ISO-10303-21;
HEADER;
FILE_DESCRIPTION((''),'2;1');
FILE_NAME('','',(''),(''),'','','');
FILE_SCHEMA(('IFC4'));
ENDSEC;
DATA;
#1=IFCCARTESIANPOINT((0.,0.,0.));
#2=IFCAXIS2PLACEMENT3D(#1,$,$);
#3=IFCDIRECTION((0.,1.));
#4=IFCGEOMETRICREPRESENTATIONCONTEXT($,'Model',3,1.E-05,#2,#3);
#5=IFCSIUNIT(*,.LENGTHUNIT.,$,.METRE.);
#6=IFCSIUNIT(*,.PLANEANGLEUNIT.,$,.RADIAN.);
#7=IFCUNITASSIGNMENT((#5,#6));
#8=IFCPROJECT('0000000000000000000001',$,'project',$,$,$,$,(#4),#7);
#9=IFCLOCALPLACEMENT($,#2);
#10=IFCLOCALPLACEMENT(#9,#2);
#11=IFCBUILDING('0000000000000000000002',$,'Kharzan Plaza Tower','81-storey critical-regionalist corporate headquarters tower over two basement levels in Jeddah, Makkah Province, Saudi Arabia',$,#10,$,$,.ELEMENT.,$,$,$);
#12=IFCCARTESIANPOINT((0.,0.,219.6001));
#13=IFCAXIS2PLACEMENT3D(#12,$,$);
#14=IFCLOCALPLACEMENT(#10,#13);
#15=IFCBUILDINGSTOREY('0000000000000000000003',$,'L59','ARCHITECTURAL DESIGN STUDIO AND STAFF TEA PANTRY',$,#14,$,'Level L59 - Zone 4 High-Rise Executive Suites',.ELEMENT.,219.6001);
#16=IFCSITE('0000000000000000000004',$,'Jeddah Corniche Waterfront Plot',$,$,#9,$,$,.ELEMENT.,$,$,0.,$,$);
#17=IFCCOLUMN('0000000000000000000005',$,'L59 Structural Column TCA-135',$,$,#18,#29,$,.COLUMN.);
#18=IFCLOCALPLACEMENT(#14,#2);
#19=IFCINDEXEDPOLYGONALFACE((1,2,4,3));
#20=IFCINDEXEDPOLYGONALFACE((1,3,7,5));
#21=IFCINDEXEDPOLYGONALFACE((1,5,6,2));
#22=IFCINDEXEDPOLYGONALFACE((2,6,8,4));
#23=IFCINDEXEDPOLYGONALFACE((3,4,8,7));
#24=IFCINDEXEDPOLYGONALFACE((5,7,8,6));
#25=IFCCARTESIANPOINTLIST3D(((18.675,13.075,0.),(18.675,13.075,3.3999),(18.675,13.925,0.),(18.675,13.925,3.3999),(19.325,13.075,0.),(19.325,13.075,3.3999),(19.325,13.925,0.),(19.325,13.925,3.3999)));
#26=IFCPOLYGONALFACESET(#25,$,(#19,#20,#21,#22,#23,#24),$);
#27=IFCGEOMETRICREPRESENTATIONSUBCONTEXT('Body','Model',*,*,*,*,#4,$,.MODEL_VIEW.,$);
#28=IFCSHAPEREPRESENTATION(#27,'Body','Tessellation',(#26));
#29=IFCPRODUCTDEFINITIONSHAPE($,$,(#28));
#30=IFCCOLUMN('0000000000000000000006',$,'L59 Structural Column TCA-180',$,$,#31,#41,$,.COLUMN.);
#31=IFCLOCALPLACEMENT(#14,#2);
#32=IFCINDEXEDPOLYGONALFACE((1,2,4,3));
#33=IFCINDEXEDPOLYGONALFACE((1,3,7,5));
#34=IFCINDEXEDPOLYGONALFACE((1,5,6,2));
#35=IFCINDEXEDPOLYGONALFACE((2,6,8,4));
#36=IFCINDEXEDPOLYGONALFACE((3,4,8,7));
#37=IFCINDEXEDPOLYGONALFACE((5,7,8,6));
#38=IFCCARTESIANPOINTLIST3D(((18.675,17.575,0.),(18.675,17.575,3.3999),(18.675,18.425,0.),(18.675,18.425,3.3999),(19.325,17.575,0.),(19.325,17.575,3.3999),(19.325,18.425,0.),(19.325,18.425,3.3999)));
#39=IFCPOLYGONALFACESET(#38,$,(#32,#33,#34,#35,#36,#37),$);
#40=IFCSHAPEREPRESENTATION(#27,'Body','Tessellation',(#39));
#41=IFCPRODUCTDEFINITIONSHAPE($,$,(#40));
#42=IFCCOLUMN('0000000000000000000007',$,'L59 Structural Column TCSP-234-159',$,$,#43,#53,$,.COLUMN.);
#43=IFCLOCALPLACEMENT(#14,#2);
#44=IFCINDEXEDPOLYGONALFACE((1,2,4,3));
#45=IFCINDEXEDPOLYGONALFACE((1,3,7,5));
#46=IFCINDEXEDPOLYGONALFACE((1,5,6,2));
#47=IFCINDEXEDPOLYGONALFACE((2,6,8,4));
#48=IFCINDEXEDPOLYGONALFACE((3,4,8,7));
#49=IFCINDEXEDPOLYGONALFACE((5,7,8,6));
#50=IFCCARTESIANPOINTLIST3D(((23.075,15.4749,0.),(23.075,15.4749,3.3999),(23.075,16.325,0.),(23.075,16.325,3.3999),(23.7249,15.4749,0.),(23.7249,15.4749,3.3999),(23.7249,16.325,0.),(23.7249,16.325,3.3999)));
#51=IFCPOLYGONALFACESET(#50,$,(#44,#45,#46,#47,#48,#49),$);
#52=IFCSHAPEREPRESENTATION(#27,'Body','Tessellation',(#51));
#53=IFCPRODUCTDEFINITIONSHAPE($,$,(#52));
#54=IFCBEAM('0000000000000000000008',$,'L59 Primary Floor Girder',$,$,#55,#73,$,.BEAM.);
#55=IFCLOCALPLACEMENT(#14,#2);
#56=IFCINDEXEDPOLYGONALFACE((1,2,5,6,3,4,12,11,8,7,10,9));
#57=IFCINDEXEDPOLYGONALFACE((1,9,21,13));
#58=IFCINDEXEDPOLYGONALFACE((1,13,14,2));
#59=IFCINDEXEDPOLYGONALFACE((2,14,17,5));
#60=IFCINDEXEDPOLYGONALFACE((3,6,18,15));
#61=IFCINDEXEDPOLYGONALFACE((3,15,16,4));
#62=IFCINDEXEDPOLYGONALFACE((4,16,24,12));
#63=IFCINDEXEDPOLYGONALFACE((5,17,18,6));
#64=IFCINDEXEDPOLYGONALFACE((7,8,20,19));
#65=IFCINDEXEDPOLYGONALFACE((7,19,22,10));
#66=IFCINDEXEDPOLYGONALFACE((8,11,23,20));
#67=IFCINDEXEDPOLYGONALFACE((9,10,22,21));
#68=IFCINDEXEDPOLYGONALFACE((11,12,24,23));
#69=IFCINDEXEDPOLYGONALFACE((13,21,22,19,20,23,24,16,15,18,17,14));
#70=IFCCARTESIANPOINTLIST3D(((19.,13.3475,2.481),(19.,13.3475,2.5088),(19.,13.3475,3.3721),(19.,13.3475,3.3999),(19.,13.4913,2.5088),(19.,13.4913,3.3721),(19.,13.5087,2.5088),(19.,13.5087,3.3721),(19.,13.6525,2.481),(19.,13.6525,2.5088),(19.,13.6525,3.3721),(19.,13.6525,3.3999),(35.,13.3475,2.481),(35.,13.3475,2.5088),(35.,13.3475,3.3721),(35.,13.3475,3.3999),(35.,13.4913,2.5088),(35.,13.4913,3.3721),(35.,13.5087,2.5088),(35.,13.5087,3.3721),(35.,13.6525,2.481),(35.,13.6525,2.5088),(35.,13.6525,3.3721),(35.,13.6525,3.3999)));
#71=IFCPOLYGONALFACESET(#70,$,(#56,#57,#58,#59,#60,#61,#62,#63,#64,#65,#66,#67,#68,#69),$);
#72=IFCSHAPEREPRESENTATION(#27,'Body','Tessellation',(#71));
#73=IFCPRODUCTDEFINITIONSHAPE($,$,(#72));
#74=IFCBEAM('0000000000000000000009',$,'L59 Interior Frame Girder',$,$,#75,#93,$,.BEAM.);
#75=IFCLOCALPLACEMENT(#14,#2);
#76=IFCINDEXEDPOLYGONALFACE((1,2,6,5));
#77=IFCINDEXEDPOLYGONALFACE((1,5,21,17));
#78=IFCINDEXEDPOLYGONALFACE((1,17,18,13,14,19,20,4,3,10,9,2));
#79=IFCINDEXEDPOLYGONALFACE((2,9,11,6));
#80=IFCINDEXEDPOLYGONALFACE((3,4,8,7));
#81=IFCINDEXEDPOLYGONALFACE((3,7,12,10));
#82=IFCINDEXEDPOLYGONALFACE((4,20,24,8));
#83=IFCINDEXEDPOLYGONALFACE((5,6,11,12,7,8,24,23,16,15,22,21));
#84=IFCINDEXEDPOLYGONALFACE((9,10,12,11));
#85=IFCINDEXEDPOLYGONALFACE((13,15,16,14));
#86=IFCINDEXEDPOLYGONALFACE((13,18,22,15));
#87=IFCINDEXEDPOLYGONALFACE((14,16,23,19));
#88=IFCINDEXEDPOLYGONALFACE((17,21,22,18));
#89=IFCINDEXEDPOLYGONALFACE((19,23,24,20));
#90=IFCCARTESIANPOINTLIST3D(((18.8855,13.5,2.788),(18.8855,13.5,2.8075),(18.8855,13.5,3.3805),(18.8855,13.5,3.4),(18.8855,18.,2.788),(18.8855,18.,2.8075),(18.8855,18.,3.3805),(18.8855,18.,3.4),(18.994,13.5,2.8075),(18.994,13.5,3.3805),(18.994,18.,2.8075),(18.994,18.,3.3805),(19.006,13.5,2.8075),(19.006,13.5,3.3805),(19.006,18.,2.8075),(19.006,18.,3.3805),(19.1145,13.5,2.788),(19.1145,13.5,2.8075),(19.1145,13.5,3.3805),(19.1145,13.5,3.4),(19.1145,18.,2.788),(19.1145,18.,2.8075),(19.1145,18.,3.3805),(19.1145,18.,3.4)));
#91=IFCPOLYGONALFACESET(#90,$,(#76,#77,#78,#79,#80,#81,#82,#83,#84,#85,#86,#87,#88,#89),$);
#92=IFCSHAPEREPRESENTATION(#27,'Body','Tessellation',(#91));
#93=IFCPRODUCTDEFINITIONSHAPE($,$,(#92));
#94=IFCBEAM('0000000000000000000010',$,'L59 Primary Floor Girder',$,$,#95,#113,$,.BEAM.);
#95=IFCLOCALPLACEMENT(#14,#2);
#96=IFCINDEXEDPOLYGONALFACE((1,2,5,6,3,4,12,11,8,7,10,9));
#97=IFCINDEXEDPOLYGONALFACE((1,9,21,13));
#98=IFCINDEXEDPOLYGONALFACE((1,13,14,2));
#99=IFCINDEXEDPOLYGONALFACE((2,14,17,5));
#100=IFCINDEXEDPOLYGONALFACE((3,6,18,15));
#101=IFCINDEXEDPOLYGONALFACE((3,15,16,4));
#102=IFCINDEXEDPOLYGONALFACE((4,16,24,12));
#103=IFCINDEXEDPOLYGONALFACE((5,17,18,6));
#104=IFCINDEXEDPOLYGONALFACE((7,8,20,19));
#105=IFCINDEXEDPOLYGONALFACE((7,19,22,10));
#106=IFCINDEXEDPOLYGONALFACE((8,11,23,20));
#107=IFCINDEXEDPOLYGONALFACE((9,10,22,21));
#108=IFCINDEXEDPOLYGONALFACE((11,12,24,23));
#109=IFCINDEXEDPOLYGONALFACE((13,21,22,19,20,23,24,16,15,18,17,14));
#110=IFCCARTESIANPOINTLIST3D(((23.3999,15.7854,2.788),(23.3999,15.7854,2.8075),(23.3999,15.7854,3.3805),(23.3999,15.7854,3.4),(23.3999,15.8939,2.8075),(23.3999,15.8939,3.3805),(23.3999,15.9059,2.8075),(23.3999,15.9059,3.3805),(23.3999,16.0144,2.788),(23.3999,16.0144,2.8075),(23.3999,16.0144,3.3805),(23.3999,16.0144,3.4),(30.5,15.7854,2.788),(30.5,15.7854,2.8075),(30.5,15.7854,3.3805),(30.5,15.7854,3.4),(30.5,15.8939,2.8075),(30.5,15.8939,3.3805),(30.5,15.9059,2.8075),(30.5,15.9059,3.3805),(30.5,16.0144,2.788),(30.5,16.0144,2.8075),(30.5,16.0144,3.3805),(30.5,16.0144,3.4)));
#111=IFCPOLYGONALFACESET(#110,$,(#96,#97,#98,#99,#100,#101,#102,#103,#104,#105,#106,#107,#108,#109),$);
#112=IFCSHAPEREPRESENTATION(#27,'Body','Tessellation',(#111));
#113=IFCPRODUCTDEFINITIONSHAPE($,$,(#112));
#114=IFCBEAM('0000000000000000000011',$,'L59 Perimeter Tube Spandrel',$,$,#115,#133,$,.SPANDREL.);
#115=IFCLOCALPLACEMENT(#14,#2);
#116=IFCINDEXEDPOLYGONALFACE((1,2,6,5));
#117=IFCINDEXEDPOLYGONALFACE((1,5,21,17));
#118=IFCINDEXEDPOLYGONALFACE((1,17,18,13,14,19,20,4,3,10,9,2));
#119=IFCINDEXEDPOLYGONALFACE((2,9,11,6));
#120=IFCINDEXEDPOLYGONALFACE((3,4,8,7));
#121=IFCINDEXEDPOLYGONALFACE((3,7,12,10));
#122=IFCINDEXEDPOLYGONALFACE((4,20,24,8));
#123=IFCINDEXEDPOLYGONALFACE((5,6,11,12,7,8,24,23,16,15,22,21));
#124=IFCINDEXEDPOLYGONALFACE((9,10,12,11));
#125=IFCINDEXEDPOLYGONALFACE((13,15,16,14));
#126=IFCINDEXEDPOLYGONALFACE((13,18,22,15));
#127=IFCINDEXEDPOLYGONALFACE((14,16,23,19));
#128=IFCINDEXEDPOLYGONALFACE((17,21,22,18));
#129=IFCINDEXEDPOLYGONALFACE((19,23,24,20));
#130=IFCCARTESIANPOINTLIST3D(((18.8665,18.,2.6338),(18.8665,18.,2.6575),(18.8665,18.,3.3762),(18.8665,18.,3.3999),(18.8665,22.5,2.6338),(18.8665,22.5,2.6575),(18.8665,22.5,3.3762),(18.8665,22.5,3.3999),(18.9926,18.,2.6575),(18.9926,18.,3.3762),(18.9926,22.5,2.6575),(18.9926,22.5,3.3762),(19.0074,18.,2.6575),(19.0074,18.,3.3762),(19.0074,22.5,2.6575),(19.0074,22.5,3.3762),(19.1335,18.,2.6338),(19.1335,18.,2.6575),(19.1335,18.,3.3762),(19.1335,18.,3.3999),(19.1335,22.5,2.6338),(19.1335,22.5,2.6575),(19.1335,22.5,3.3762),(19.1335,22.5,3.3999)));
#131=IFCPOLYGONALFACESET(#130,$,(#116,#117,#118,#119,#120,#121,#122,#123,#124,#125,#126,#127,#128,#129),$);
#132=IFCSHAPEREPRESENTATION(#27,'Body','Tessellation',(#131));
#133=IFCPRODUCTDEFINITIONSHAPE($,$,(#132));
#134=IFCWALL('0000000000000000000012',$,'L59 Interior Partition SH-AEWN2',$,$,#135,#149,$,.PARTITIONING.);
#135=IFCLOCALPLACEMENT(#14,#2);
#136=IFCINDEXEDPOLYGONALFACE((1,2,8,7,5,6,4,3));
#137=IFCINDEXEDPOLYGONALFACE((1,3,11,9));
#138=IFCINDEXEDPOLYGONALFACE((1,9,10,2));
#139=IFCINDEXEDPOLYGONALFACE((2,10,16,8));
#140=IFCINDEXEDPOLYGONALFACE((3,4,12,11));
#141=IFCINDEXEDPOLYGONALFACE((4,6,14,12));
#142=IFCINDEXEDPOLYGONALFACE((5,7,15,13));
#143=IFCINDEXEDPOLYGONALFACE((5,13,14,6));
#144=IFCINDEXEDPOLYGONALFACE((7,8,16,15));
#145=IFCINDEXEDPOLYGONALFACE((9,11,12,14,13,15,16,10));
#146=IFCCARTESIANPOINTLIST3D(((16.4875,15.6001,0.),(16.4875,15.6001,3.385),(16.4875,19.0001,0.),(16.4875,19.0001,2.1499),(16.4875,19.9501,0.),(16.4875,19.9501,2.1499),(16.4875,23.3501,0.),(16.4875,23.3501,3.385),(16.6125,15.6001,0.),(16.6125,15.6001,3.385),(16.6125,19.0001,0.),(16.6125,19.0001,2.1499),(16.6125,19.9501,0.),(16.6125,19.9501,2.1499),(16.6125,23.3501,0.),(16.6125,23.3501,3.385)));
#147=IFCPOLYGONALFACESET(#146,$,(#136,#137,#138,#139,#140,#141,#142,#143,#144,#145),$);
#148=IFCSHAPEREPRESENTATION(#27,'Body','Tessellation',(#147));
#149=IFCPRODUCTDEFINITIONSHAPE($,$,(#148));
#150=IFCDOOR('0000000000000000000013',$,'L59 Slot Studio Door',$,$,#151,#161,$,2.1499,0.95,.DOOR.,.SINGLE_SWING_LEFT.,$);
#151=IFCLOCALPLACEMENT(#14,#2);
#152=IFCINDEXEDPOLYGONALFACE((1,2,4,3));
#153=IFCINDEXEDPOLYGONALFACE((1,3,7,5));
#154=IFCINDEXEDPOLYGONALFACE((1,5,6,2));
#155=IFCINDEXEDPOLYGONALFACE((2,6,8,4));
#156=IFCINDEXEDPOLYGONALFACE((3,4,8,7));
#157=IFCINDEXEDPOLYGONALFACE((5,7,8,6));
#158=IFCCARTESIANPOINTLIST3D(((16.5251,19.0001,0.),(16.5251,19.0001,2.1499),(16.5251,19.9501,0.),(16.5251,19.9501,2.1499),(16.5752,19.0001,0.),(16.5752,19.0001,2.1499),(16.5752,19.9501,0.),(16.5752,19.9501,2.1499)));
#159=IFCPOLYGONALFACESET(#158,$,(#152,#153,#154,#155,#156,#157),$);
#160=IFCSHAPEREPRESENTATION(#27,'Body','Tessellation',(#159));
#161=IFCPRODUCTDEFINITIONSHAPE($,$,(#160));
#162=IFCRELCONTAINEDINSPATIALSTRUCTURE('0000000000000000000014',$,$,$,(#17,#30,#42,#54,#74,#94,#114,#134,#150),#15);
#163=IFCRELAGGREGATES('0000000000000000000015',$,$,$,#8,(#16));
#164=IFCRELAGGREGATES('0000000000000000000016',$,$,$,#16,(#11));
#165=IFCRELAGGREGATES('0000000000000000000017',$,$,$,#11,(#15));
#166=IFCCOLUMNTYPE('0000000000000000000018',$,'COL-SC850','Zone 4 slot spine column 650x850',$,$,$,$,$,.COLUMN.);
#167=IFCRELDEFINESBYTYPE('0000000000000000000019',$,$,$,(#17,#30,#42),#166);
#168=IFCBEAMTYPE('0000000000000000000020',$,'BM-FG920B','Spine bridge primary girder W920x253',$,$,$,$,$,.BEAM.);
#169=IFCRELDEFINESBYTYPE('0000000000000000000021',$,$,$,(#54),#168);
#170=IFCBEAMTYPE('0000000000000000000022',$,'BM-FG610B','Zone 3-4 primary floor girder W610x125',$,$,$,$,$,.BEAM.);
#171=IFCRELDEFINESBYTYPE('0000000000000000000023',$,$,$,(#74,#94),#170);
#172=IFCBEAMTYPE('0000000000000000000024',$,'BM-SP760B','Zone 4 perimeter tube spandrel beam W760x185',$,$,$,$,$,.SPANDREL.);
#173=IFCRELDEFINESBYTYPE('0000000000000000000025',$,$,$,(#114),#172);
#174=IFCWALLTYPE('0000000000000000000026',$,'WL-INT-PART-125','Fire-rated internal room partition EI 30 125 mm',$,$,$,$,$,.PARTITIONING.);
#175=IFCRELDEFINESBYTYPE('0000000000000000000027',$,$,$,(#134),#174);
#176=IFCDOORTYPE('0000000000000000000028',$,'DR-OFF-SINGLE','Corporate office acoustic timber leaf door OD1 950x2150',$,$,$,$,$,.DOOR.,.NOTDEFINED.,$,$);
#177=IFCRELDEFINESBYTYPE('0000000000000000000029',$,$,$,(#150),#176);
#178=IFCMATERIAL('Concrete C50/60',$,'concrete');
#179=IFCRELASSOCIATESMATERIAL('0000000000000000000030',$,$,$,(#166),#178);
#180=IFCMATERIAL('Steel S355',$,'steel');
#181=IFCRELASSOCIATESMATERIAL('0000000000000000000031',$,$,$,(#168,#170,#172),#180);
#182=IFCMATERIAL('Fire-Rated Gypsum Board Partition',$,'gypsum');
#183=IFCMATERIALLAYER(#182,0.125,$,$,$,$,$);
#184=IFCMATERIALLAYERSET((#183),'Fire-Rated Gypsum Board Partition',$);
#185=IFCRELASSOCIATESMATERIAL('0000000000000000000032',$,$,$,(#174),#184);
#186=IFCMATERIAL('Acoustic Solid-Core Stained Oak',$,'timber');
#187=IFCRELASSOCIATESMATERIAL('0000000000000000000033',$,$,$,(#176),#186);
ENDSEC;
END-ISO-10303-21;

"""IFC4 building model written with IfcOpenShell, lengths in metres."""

from ifc_helpers import new_model, si_unit, direction, frame, frame_2d, origin, origin_2d, place, context, subcontext, project, spatial, rectangle, i_section, extrude, source, transform, mapped, material, layer, layer_set, material_profile, profile_set, type_object, element, fill, save


model = new_model("IFC4")

# Units and contexts
model_context = context("Model", 3, precision=1e-05, world=origin(), true_north=direction((0.0, 1.0)))
body_context = subcontext(model_context, "Body", "Model", "MODEL_VIEW")
ifc_project = project(units=[si_unit("LENGTHUNIT", "METRE"), si_unit("PLANEANGLEUNIT", "RADIAN")], contexts=[model_context])

# Site, building, storey
site_placement = place(None, origin())
site = spatial("IfcSite", under=ifc_project, at=site_placement, Name="Jeddah Corniche Waterfront Plot", CompositionType="ELEMENT", RefElevation=0.0)
building_placement = place(site_placement, origin())
building = spatial("IfcBuilding", under=site, at=building_placement, Name="Kharzan Plaza Tower", Description="81-storey critical-regionalist corporate headquarters tower over two basement levels in Jeddah, Makkah Province, Saudi Arabia", CompositionType="ELEMENT")
storey_placement = place(building_placement, frame((0.0, 0.0, 219.6001)))
storey = spatial("IfcBuildingStorey", under=building, at=storey_placement, Name="L59", Description="ARCHITECTURAL DESIGN STUDIO AND STAFF TEA PANTRY", LongName="Level L59 - Zone 4 High-Rise Executive Suites", CompositionType="ELEMENT", Elevation=219.6001)

# Columns
ifc_material_1 = material(Name="Concrete C50/60", Category="concrete")
ifc_material_profile_1 = material_profile(ifc_material_1, rectangle(XDim=0.6499, YDim=0.8501, at=origin_2d()), Name="RC-SC850x650")
ifc_profile_set_1 = profile_set([ifc_material_profile_1], Name="Concrete C50/60")
column_type = type_object("IfcColumnType", Name="COL-SC850", Description="Zone 4 slot spine column 650x850", PredefinedType="COLUMN", material=ifc_profile_set_1)
shared_shape_1 = source(origin(), body_context, "Body", "SweptSolid", [
    extrude(rectangle(XDim=0.6499, YDim=0.8501, at=origin_2d()), origin(), (0.0, 0.0, 1.0), 3.3999),
])
for number, where, z_axis, x_axis, name in (
    (1, (19.0, 13.5, 0.0), (0.0, 0.0, 1.0), (1.0, 0.0, 0.0), "L59 Structural Column TCA-135"),
    (2, (19.0, 18.0, 0.0), (0.0, 0.0, 1.0), (1.0, 0.0, 0.0), "L59 Structural Column TCA-180"),
    (3, (23.3999, 15.8999, 0.0), (0.0, 0.0, 1.0), (1.0, 0.0, 0.0), "L59 Structural Column TCSP-234-159"),
):
    element("IfcColumn", number, at=place(storey_placement, frame(where, z_axis=z_axis, x_axis=x_axis)), inside=storey, type_object=column_type, Name=name, PredefinedType="COLUMN", context=body_context, shape_type="MappedRepresentation", body=[
        mapped(shared_shape_1, transform((0.0, 0.0, 0.0), x_axis=(1.0, 0.0, 0.0), y_axis=(0.0, 1.0, 0.0), z_axis=(0.0, 0.0, 1.0))),
    ])

# Beams
ifc_material_2 = material(Name="Steel S355", Category="steel")
ifc_material_profile_2 = material_profile(ifc_material_2, i_section(OverallWidth=0.3049, OverallDepth=0.9189, WebThickness=0.0173, FlangeThickness=0.0278, at=origin_2d()), Name="W920x253")
ifc_profile_set_2 = profile_set([ifc_material_profile_2], Name="Steel S355")
beam_type_1 = type_object("IfcBeamType", Name="BM-FG920B", Description="Spine bridge primary girder W920x253", PredefinedType="BEAM", material=ifc_profile_set_2)
shared_shape_2 = source(origin(), body_context, "Body", "SweptSolid", [
    extrude(i_section(OverallWidth=0.3049, OverallDepth=0.9189, WebThickness=0.0173, FlangeThickness=0.0278, at=origin_2d()), origin(), (0.0, 0.0, 1.0), 16.0),
])
beam_1_placement = place(storey_placement, frame((19.0, 13.5, 2.9404), z_axis=(1.0, 0.0, 0.0), x_axis=(0.0, 1.0, 0.0)))
element("IfcBeam", 4, at=beam_1_placement, inside=storey, type_object=beam_type_1, Name="L59 Primary Floor Girder", PredefinedType="BEAM", context=body_context, shape_type="MappedRepresentation", body=[
    mapped(shared_shape_2, transform((0.0, 0.0, 0.0), x_axis=(1.0, 0.0, 0.0), y_axis=(0.0, 1.0, 0.0), z_axis=(0.0, 0.0, 1.0))),
])
ifc_material_profile_3 = material_profile(ifc_material_2, i_section(OverallWidth=0.229, OverallDepth=0.6121, WebThickness=0.012, FlangeThickness=0.0195, at=origin_2d()), Name="W610x125")
ifc_profile_set_3 = profile_set([ifc_material_profile_3], Name="Steel S355")
beam_type_2 = type_object("IfcBeamType", Name="BM-FG610B", Description="Zone 3-4 primary floor girder W610x125", PredefinedType="BEAM", material=ifc_profile_set_3)
shared_shape_3 = source(origin(), body_context, "Body", "SweptSolid", [
    extrude(i_section(OverallWidth=0.229, OverallDepth=0.6121, WebThickness=0.012, FlangeThickness=0.0195, at=origin_2d()), origin(), (0.0, 0.0, 1.0), 4.5),
])
beam_2_placement = place(storey_placement, frame((19.0, 13.5, 3.094), z_axis=(0.0, 1.0, 0.0), x_axis=(-1.0, 0.0, 0.0)))
element("IfcBeam", 5, at=beam_2_placement, inside=storey, type_object=beam_type_2, Name="L59 Interior Frame Girder", PredefinedType="BEAM", context=body_context, shape_type="MappedRepresentation", body=[
    mapped(shared_shape_3, transform((0.0, 0.0, 0.0), x_axis=(1.0, 0.0, 0.0), y_axis=(0.0, 1.0, 0.0), z_axis=(0.0, 0.0, 1.0))),
])
shared_shape_4 = source(origin(), body_context, "Body", "SweptSolid", [
    extrude(i_section(OverallWidth=0.229, OverallDepth=0.6121, WebThickness=0.012, FlangeThickness=0.0195, at=origin_2d()), origin(), (0.0, 0.0, 1.0), 7.1001),
])
beam_3_placement = place(storey_placement, frame((23.3999, 15.8999, 3.094), z_axis=(1.0, 0.0, 0.0), x_axis=(0.0, 1.0, 0.0)))
element("IfcBeam", 6, at=beam_3_placement, inside=storey, type_object=beam_type_2, Name="L59 Primary Floor Girder", PredefinedType="BEAM", context=body_context, shape_type="MappedRepresentation", body=[
    mapped(shared_shape_4, transform((0.0, 0.0, 0.0), x_axis=(1.0, 0.0, 0.0), y_axis=(0.0, 1.0, 0.0), z_axis=(0.0, 0.0, 1.0))),
])
ifc_material_profile_4 = material_profile(ifc_material_2, i_section(OverallWidth=0.2671, OverallDepth=0.7661, WebThickness=0.0149, FlangeThickness=0.0237, at=origin_2d()), Name="W760x185")
ifc_profile_set_4 = profile_set([ifc_material_profile_4], Name="Steel S355")
beam_type_3 = type_object("IfcBeamType", Name="BM-SP760B", Description="Zone 4 perimeter tube spandrel beam W760x185", PredefinedType="SPANDREL", material=ifc_profile_set_4)
shared_shape_5 = source(origin(), body_context, "Body", "SweptSolid", [
    extrude(i_section(OverallWidth=0.2671, OverallDepth=0.7661, WebThickness=0.0149, FlangeThickness=0.0237, at=origin_2d()), origin(), (0.0, 0.0, 1.0), 4.5),
])
beam_4_placement = place(storey_placement, frame((19.0, 18.0, 3.0168), z_axis=(0.0, 1.0, 0.0), x_axis=(-1.0, 0.0, 0.0)))
element("IfcBeam", 7, at=beam_4_placement, inside=storey, type_object=beam_type_3, Name="L59 Perimeter Tube Spandrel", PredefinedType="SPANDREL", context=body_context, shape_type="MappedRepresentation", body=[
    mapped(shared_shape_5, transform((0.0, 0.0, 0.0), x_axis=(1.0, 0.0, 0.0), y_axis=(0.0, 1.0, 0.0), z_axis=(0.0, 0.0, 1.0))),
])

# Wall, opening, door
ifc_material_3 = material(Name="Fire-Rated Gypsum Board Partition", Category="gypsum")
ifc_layer = layer(ifc_material_3, 0.125)
ifc_layer_set = layer_set([ifc_layer], Name="Fire-Rated Gypsum Board Partition")
wall_type = type_object("IfcWallType", Name="WL-INT-PART-125", Description="Fire-rated internal room partition EI 30 125 mm", PredefinedType="PARTITIONING", material=ifc_layer_set)
ifc_material_4 = material(Name="Acoustic Solid-Core Stained Oak", Category="timber")
door_type = type_object("IfcDoorType", Name="DR-OFF-SINGLE", Description="Corporate office acoustic timber leaf door OD1 950x2150", OperationType="NOTDEFINED", PredefinedType="DOOR", material=ifc_material_4)
shared_shape_6 = source(origin(), body_context, "Body", "SweptSolid", [
    extrude(rectangle(XDim=0.95, YDim=2.1499, at=frame_2d((0.4751, 1.075))), frame((0.0, 0.0249, 0.0), z_axis=(0.0, -1.0, 0.0), x_axis=(1.0, 0.0, 0.0)), (0.0, 0.0, 1.0), 0.05),
])
wall_1_placement = place(storey_placement, frame((16.55, 15.6001, 0.0), z_axis=(0.0, 0.0, 1.0), x_axis=(0.0, 1.0, 0.0)))
wall_1 = element("IfcWall", 8, at=wall_1_placement, inside=storey, type_object=wall_type, Name="L59 Interior Partition SH-AEWN2", PredefinedType="PARTITIONING", context=body_context, shape_type="SweptSolid", body=[
    extrude(rectangle(XDim=7.75, YDim=0.125, at=frame_2d((3.875, 0.0))), origin(), (0.0, 0.0, 1.0), 3.385),
])
opening_1_placement = place(wall_1_placement, frame((3.3999, 0.0, 0.0)))
opening_1 = element("IfcOpeningElement", 9, at=opening_1_placement, cuts=wall_1, PredefinedType="OPENING", context=body_context, shape_type="SweptSolid", body=[
    extrude(rectangle(XDim=0.95, YDim=2.1499, at=frame_2d((0.4751, 1.075))), frame((0.0, 0.0725, 0.0), z_axis=(0.0, -1.0, 0.0), x_axis=(1.0, 0.0, 0.0)), (0.0, 0.0, 1.0), 0.145),
])
door_1_placement = place(opening_1_placement, origin())
door_1 = element("IfcDoor", 10, at=door_1_placement, inside=storey, type_object=door_type, Name="L59 Slot Studio Door", OperationType="SINGLE_SWING_LEFT", OverallHeight=2.1499, OverallWidth=0.95, PredefinedType="DOOR", context=body_context, shape_type="MappedRepresentation", body=[
    mapped(shared_shape_6, transform((0.0, 0.0, 0.0), x_axis=(1.0, 0.0, 0.0), y_axis=(0.0, 1.0, 0.0), z_axis=(0.0, 0.0, 1.0))),
])
fill(opening_1, door_1)

save(model, "model.ifc")
